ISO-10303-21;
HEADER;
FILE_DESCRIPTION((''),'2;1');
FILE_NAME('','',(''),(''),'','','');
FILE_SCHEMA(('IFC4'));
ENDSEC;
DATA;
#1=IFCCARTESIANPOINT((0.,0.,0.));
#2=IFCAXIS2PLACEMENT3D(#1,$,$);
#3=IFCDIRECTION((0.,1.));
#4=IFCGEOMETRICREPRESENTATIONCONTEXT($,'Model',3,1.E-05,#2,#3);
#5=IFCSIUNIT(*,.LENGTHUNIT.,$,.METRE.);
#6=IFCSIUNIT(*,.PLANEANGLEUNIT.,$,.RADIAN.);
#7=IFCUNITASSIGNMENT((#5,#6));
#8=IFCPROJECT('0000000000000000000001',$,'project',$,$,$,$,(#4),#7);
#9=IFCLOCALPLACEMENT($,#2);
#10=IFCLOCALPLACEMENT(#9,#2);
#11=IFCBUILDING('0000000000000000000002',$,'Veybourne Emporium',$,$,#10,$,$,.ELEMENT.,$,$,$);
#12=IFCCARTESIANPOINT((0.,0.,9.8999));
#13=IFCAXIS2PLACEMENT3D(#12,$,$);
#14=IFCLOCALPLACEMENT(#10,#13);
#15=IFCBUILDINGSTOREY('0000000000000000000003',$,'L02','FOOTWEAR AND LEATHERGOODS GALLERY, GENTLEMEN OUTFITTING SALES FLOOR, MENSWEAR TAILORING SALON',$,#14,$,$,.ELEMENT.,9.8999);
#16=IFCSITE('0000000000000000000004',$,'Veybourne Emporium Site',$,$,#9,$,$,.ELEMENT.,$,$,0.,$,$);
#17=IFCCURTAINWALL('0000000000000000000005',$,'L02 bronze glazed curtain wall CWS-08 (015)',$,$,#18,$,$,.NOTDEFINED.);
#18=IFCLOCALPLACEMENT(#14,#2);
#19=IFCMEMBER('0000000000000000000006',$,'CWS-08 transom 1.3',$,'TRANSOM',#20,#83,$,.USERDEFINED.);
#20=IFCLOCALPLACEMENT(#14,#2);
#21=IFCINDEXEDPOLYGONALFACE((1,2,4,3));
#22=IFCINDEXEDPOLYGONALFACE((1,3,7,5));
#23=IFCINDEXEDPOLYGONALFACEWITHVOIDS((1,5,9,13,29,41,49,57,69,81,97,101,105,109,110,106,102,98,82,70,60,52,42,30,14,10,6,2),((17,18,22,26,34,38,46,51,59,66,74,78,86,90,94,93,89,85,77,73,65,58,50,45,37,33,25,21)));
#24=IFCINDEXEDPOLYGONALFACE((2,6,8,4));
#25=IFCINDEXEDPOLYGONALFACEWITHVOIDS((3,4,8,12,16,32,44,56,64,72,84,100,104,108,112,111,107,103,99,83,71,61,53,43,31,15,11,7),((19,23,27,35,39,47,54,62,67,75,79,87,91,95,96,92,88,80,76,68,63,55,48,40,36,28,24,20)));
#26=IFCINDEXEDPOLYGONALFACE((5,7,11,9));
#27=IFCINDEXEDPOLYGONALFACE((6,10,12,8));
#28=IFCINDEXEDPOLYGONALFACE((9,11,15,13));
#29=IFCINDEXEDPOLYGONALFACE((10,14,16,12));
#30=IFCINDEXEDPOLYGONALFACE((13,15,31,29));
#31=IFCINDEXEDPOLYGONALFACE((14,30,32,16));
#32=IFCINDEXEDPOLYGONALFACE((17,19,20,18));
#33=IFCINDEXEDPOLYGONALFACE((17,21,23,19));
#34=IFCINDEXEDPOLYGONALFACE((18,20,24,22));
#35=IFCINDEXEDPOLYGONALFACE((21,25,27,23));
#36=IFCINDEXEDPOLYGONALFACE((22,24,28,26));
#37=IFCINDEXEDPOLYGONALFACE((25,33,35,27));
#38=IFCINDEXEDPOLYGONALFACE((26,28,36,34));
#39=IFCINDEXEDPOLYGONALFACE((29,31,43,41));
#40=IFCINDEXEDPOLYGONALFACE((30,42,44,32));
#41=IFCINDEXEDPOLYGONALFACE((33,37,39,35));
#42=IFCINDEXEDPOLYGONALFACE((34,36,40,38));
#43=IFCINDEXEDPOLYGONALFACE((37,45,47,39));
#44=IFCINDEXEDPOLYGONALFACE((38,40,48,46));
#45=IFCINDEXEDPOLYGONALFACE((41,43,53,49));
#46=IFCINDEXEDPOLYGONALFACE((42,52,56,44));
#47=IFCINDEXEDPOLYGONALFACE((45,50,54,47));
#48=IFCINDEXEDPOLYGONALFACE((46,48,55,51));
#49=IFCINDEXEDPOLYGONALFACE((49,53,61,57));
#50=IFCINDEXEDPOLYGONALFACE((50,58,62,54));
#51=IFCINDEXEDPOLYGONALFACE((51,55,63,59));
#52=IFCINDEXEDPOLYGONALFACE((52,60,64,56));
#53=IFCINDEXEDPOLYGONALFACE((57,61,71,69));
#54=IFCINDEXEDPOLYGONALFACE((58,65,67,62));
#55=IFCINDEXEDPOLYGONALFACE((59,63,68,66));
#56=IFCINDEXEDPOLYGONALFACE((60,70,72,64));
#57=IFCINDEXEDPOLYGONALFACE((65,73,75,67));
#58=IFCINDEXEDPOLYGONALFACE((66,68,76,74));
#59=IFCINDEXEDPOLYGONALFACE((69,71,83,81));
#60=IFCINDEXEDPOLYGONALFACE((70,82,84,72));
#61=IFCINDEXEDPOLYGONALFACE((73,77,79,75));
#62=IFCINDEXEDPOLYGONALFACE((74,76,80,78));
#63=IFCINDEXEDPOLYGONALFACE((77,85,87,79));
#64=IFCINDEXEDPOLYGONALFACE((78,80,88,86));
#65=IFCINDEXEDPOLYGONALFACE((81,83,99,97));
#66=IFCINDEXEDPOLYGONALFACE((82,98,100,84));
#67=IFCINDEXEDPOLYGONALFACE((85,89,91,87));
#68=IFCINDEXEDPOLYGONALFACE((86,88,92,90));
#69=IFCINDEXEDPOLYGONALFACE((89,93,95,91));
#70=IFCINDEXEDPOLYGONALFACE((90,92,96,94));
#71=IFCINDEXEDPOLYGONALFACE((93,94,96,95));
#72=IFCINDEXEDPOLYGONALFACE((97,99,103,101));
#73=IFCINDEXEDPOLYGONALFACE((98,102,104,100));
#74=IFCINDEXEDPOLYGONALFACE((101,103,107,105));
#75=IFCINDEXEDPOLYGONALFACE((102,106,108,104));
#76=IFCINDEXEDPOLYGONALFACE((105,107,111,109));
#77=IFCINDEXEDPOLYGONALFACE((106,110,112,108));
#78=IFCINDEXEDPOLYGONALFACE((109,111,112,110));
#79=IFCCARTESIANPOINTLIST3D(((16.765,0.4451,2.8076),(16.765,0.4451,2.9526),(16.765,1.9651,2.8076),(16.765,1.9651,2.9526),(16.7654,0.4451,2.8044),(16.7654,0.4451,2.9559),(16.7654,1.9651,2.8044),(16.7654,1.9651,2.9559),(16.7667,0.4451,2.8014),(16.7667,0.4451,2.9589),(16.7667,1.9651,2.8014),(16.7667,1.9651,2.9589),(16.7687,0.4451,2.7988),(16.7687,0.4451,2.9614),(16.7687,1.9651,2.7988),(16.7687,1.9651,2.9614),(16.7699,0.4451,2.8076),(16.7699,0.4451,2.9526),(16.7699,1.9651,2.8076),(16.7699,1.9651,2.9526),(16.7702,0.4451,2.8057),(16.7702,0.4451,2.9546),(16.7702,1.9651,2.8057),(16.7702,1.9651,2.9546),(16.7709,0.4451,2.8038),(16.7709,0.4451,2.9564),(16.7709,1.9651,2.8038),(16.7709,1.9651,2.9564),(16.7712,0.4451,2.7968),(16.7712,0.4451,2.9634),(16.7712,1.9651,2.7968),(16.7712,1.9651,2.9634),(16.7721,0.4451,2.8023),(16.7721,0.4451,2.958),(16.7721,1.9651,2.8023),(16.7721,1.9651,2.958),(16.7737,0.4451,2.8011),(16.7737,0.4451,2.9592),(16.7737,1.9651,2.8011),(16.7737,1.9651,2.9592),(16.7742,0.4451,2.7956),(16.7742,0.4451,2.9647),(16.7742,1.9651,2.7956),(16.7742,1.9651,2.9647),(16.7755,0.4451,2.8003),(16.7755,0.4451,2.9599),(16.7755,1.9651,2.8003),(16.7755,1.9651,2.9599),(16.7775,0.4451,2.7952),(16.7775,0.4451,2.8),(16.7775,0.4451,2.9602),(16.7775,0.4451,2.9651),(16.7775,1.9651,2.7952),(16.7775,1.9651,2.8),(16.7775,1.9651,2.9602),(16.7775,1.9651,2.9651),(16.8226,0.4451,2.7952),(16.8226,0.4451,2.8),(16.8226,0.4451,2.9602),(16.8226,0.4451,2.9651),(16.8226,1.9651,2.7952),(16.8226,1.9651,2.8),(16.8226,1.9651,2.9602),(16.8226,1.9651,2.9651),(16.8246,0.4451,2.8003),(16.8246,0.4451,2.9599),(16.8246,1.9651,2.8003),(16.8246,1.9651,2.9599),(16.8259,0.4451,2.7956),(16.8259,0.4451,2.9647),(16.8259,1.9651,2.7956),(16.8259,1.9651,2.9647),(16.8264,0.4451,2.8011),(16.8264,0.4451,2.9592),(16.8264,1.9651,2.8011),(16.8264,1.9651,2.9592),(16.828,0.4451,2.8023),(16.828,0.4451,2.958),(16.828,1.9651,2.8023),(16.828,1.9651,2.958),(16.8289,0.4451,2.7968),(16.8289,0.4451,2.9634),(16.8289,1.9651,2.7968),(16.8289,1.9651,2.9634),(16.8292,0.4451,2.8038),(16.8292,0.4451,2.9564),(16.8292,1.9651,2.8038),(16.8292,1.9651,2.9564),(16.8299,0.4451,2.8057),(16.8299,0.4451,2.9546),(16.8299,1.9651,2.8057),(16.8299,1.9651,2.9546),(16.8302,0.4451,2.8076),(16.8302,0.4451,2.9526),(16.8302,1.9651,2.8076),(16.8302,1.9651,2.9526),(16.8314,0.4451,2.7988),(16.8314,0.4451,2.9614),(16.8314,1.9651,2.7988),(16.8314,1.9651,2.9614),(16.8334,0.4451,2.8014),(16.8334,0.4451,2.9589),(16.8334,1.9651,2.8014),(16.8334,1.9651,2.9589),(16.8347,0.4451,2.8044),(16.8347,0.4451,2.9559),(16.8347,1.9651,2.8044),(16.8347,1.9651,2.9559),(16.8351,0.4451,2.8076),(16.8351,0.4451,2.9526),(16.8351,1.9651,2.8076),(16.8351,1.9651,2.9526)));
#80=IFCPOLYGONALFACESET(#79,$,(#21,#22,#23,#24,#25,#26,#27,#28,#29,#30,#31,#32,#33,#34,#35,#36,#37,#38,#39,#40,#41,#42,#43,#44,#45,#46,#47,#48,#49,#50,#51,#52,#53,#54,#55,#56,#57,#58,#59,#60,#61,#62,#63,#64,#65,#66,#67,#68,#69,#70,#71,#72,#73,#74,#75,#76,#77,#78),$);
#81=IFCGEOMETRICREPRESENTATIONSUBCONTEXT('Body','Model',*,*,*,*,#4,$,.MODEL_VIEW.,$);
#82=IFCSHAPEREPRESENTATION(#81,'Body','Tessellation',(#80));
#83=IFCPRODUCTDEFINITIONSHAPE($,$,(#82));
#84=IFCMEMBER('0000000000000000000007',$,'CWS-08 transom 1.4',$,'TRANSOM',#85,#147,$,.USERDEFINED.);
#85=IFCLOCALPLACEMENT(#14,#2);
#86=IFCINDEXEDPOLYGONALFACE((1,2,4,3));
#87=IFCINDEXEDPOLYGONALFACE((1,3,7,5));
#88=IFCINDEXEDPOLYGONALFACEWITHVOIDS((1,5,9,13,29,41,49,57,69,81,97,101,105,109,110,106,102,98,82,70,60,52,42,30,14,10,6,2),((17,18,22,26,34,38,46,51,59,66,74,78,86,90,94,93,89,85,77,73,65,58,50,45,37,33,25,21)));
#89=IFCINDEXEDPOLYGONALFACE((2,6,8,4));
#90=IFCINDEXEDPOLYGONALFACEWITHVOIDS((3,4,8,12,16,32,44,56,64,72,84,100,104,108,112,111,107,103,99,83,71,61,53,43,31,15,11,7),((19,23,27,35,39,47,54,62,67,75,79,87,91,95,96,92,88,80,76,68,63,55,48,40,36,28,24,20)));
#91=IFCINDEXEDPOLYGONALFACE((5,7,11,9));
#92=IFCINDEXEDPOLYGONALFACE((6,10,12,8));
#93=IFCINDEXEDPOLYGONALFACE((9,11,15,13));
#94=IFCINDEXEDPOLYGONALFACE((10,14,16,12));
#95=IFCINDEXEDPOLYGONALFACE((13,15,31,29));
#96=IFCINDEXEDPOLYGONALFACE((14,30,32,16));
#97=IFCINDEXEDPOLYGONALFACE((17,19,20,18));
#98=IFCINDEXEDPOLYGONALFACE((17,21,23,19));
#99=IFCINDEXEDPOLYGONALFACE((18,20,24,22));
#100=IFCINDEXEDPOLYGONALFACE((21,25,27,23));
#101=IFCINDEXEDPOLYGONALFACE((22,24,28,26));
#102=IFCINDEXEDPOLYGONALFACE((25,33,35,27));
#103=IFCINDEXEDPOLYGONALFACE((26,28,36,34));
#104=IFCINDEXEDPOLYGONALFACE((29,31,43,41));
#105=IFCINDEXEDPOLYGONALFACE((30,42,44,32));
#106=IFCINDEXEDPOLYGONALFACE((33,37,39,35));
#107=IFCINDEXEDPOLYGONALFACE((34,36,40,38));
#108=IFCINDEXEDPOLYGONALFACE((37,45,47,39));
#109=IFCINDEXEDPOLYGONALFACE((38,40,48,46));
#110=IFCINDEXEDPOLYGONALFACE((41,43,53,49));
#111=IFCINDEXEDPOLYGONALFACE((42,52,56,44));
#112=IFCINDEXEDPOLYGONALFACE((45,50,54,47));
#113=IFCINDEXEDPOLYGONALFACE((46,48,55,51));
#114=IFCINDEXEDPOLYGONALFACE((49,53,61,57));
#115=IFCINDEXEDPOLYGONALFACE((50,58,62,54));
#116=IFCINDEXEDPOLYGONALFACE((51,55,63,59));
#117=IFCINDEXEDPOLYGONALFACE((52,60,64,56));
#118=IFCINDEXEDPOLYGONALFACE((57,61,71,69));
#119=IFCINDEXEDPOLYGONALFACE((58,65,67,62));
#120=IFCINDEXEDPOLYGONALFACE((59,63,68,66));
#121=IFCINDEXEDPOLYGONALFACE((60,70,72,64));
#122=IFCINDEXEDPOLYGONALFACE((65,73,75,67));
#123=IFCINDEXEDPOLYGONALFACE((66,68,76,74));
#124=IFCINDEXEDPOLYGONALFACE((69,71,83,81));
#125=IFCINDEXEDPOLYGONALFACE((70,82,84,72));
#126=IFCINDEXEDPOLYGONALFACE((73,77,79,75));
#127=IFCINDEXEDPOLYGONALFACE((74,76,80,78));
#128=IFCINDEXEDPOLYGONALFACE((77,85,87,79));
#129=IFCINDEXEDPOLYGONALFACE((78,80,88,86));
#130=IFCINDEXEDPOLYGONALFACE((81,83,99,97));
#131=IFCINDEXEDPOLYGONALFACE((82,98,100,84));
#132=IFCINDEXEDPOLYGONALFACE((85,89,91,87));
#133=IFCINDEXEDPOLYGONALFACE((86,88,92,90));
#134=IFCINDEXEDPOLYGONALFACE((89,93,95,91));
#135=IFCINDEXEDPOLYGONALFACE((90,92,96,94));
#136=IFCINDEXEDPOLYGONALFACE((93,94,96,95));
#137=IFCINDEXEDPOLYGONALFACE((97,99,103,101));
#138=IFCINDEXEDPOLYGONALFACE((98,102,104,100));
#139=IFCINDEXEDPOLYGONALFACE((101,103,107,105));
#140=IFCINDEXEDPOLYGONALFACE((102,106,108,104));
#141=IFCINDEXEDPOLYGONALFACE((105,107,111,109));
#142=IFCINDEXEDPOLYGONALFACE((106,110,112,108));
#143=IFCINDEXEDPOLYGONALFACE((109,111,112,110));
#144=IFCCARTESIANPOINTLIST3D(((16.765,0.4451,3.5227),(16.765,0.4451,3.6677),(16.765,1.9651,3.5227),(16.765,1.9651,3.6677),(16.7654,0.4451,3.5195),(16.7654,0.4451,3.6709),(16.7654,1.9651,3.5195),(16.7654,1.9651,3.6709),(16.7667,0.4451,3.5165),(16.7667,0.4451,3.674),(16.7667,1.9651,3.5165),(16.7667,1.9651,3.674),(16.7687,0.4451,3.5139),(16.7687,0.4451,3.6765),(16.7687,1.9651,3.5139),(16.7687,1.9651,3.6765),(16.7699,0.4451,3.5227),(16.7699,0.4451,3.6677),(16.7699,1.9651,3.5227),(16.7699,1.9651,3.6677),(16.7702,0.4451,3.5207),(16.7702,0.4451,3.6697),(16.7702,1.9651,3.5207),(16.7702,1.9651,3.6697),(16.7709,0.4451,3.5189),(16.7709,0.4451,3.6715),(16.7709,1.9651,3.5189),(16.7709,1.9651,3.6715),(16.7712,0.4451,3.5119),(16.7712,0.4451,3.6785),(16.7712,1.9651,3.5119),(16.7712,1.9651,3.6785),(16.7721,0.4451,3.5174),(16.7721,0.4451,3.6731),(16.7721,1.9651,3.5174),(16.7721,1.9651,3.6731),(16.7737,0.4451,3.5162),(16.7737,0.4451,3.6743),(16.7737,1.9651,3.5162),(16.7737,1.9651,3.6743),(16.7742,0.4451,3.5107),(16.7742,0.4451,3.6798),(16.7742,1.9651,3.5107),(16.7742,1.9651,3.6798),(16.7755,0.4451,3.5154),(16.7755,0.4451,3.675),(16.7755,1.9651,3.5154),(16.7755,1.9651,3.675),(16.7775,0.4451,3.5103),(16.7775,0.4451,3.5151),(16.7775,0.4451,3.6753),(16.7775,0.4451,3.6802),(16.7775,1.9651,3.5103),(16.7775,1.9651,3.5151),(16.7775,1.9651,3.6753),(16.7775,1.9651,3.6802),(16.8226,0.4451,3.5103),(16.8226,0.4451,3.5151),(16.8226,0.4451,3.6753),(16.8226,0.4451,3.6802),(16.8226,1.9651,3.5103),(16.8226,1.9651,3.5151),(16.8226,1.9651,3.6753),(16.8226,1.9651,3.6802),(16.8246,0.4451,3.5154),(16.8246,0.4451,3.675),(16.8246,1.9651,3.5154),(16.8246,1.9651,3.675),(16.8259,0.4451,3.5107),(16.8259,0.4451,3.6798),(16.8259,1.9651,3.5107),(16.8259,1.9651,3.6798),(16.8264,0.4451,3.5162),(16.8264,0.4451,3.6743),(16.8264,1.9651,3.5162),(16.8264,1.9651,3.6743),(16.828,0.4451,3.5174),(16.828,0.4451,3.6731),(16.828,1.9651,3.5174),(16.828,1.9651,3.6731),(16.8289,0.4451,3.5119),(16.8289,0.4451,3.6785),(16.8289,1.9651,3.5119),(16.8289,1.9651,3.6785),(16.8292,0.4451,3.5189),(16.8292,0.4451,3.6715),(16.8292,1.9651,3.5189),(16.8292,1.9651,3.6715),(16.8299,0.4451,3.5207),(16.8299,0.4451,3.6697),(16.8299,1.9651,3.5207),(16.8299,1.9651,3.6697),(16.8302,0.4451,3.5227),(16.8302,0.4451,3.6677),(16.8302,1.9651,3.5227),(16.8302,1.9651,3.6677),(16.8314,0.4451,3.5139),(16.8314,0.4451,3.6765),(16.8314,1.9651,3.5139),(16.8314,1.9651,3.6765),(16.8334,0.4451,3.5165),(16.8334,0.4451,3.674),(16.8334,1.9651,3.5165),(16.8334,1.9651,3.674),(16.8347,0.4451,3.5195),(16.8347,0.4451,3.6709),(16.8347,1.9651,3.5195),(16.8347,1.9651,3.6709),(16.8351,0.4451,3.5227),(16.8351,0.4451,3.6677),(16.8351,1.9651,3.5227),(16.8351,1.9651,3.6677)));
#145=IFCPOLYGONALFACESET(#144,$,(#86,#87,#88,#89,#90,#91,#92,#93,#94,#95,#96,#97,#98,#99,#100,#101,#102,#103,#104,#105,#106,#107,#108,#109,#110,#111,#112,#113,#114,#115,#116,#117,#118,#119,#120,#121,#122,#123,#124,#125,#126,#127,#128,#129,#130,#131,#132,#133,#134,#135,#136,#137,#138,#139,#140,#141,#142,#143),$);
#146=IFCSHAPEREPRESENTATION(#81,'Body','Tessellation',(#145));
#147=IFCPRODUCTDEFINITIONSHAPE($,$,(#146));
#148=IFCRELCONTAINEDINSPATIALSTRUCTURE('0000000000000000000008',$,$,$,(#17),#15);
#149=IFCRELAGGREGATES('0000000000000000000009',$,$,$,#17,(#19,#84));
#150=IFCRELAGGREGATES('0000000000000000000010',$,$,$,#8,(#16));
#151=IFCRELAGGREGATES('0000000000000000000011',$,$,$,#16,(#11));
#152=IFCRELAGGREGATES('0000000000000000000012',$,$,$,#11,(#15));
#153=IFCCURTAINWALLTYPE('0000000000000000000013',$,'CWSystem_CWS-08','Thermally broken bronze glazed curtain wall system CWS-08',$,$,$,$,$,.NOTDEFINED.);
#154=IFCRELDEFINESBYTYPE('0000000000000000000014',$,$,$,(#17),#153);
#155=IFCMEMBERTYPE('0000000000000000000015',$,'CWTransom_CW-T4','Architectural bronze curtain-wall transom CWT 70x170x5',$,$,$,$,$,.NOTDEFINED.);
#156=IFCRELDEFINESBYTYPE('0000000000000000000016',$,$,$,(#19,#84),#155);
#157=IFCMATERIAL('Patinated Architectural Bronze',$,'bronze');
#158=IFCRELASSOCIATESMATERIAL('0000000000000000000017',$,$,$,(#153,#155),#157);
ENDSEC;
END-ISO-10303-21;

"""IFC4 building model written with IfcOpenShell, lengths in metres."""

from ifc_helpers import new_model, si_unit, direction, frame, origin, origin_2d, place, context, subcontext, project, spatial, hollow_rectangle, extrude, material, material_profile, profile_set, type_object, element, aggregate, save


model = new_model("IFC4")

# Units and contexts
model_context = context("Model", 3, precision=1e-05, world=origin(), true_north=direction((0.0, 1.0)))
body_context = subcontext(model_context, "Body", "Model", "MODEL_VIEW")
ifc_project = project(units=[si_unit("LENGTHUNIT", "METRE"), si_unit("PLANEANGLEUNIT", "RADIAN")], contexts=[model_context])

# Site, building, storey
site_placement = place(None, origin())
site = spatial("IfcSite", under=ifc_project, at=site_placement, Name="Veybourne Emporium Site", CompositionType="ELEMENT", RefElevation=0.0)
building_placement = place(site_placement, origin())
building = spatial("IfcBuilding", under=site, at=building_placement, Name="Veybourne Emporium", CompositionType="ELEMENT")
storey_placement = place(building_placement, frame((0.0, 0.0, 9.8999)))
storey = spatial("IfcBuildingStorey", under=building, at=storey_placement, Name="L02", Description="FOOTWEAR AND LEATHERGOODS GALLERY, GENTLEMEN OUTFITTING SALES FLOOR, MENSWEAR TAILORING SALON", CompositionType="ELEMENT", Elevation=9.8999)

# Curtain wall, members
ifc_material_1 = material(Name="Patinated Architectural Bronze", Category="bronze")
curtain_wall_type = type_object("IfcCurtainWallType", Name="CWSystem_CWS-08", Description="Thermally broken bronze glazed curtain wall system CWS-08", PredefinedType="NOTDEFINED", material=ifc_material_1)
curtain_wall_placement = place(storey_placement, origin())
curtain_wall = element("IfcCurtainWall", 1, at=curtain_wall_placement, inside=storey, type_object=curtain_wall_type, Name="L02 bronze glazed curtain wall CWS-08 (015)", PredefinedType="NOTDEFINED")
ifc_material_profile_1 = material_profile(ifc_material_1, hollow_rectangle(XDim=0.0701, YDim=0.1699, WallThickness=0.0049, InnerFilletRadius=0.0076, OuterFilletRadius=0.0125, at=origin_2d()), Name="CWT 70x170x5")
ifc_profile_set_1 = profile_set([ifc_material_profile_1], Name="Patinated Architectural Bronze")
member_type_1 = type_object("IfcMemberType", Name="CWTransom_CW-T4", Description="Architectural bronze curtain-wall transom CWT 70x170x5", PredefinedType="NOTDEFINED", material=ifc_profile_set_1)
member_1_placement = place(storey_placement, frame((16.8, 0.4451, 2.8801), z_axis=(0.0, 1.0, 0.0), x_axis=(-1.0, 0.0, 0.0)))
member_1 = element("IfcMember", 2, at=member_1_placement, type_object=member_type_1, Name="CWS-08 transom 1.3", ObjectType="TRANSOM", PredefinedType="USERDEFINED", context=body_context, shape_type="SweptSolid", body=[
    extrude(hollow_rectangle(XDim=0.0701, YDim=0.1699, WallThickness=0.0049, InnerFilletRadius=0.0076, OuterFilletRadius=0.0125, at=origin_2d()), origin(), (0.0, 0.0, 1.0), 1.52),
])
member_2_placement = place(storey_placement, frame((16.8, 0.4451, 3.5952), z_axis=(0.0, 1.0, 0.0), x_axis=(-1.0, 0.0, 0.0)))
member_2 = element("IfcMember", 3, at=member_2_placement, type_object=member_type_1, Name="CWS-08 transom 1.4", ObjectType="TRANSOM", PredefinedType="USERDEFINED", context=body_context, shape_type="SweptSolid", body=[
    extrude(hollow_rectangle(XDim=0.0701, YDim=0.1699, WallThickness=0.0049, InnerFilletRadius=0.0076, OuterFilletRadius=0.0125, at=origin_2d()), origin(), (0.0, 0.0, 1.0), 1.52),
])

aggregate(curtain_wall, [member_1, member_2])

save(model, "model.ifc")
